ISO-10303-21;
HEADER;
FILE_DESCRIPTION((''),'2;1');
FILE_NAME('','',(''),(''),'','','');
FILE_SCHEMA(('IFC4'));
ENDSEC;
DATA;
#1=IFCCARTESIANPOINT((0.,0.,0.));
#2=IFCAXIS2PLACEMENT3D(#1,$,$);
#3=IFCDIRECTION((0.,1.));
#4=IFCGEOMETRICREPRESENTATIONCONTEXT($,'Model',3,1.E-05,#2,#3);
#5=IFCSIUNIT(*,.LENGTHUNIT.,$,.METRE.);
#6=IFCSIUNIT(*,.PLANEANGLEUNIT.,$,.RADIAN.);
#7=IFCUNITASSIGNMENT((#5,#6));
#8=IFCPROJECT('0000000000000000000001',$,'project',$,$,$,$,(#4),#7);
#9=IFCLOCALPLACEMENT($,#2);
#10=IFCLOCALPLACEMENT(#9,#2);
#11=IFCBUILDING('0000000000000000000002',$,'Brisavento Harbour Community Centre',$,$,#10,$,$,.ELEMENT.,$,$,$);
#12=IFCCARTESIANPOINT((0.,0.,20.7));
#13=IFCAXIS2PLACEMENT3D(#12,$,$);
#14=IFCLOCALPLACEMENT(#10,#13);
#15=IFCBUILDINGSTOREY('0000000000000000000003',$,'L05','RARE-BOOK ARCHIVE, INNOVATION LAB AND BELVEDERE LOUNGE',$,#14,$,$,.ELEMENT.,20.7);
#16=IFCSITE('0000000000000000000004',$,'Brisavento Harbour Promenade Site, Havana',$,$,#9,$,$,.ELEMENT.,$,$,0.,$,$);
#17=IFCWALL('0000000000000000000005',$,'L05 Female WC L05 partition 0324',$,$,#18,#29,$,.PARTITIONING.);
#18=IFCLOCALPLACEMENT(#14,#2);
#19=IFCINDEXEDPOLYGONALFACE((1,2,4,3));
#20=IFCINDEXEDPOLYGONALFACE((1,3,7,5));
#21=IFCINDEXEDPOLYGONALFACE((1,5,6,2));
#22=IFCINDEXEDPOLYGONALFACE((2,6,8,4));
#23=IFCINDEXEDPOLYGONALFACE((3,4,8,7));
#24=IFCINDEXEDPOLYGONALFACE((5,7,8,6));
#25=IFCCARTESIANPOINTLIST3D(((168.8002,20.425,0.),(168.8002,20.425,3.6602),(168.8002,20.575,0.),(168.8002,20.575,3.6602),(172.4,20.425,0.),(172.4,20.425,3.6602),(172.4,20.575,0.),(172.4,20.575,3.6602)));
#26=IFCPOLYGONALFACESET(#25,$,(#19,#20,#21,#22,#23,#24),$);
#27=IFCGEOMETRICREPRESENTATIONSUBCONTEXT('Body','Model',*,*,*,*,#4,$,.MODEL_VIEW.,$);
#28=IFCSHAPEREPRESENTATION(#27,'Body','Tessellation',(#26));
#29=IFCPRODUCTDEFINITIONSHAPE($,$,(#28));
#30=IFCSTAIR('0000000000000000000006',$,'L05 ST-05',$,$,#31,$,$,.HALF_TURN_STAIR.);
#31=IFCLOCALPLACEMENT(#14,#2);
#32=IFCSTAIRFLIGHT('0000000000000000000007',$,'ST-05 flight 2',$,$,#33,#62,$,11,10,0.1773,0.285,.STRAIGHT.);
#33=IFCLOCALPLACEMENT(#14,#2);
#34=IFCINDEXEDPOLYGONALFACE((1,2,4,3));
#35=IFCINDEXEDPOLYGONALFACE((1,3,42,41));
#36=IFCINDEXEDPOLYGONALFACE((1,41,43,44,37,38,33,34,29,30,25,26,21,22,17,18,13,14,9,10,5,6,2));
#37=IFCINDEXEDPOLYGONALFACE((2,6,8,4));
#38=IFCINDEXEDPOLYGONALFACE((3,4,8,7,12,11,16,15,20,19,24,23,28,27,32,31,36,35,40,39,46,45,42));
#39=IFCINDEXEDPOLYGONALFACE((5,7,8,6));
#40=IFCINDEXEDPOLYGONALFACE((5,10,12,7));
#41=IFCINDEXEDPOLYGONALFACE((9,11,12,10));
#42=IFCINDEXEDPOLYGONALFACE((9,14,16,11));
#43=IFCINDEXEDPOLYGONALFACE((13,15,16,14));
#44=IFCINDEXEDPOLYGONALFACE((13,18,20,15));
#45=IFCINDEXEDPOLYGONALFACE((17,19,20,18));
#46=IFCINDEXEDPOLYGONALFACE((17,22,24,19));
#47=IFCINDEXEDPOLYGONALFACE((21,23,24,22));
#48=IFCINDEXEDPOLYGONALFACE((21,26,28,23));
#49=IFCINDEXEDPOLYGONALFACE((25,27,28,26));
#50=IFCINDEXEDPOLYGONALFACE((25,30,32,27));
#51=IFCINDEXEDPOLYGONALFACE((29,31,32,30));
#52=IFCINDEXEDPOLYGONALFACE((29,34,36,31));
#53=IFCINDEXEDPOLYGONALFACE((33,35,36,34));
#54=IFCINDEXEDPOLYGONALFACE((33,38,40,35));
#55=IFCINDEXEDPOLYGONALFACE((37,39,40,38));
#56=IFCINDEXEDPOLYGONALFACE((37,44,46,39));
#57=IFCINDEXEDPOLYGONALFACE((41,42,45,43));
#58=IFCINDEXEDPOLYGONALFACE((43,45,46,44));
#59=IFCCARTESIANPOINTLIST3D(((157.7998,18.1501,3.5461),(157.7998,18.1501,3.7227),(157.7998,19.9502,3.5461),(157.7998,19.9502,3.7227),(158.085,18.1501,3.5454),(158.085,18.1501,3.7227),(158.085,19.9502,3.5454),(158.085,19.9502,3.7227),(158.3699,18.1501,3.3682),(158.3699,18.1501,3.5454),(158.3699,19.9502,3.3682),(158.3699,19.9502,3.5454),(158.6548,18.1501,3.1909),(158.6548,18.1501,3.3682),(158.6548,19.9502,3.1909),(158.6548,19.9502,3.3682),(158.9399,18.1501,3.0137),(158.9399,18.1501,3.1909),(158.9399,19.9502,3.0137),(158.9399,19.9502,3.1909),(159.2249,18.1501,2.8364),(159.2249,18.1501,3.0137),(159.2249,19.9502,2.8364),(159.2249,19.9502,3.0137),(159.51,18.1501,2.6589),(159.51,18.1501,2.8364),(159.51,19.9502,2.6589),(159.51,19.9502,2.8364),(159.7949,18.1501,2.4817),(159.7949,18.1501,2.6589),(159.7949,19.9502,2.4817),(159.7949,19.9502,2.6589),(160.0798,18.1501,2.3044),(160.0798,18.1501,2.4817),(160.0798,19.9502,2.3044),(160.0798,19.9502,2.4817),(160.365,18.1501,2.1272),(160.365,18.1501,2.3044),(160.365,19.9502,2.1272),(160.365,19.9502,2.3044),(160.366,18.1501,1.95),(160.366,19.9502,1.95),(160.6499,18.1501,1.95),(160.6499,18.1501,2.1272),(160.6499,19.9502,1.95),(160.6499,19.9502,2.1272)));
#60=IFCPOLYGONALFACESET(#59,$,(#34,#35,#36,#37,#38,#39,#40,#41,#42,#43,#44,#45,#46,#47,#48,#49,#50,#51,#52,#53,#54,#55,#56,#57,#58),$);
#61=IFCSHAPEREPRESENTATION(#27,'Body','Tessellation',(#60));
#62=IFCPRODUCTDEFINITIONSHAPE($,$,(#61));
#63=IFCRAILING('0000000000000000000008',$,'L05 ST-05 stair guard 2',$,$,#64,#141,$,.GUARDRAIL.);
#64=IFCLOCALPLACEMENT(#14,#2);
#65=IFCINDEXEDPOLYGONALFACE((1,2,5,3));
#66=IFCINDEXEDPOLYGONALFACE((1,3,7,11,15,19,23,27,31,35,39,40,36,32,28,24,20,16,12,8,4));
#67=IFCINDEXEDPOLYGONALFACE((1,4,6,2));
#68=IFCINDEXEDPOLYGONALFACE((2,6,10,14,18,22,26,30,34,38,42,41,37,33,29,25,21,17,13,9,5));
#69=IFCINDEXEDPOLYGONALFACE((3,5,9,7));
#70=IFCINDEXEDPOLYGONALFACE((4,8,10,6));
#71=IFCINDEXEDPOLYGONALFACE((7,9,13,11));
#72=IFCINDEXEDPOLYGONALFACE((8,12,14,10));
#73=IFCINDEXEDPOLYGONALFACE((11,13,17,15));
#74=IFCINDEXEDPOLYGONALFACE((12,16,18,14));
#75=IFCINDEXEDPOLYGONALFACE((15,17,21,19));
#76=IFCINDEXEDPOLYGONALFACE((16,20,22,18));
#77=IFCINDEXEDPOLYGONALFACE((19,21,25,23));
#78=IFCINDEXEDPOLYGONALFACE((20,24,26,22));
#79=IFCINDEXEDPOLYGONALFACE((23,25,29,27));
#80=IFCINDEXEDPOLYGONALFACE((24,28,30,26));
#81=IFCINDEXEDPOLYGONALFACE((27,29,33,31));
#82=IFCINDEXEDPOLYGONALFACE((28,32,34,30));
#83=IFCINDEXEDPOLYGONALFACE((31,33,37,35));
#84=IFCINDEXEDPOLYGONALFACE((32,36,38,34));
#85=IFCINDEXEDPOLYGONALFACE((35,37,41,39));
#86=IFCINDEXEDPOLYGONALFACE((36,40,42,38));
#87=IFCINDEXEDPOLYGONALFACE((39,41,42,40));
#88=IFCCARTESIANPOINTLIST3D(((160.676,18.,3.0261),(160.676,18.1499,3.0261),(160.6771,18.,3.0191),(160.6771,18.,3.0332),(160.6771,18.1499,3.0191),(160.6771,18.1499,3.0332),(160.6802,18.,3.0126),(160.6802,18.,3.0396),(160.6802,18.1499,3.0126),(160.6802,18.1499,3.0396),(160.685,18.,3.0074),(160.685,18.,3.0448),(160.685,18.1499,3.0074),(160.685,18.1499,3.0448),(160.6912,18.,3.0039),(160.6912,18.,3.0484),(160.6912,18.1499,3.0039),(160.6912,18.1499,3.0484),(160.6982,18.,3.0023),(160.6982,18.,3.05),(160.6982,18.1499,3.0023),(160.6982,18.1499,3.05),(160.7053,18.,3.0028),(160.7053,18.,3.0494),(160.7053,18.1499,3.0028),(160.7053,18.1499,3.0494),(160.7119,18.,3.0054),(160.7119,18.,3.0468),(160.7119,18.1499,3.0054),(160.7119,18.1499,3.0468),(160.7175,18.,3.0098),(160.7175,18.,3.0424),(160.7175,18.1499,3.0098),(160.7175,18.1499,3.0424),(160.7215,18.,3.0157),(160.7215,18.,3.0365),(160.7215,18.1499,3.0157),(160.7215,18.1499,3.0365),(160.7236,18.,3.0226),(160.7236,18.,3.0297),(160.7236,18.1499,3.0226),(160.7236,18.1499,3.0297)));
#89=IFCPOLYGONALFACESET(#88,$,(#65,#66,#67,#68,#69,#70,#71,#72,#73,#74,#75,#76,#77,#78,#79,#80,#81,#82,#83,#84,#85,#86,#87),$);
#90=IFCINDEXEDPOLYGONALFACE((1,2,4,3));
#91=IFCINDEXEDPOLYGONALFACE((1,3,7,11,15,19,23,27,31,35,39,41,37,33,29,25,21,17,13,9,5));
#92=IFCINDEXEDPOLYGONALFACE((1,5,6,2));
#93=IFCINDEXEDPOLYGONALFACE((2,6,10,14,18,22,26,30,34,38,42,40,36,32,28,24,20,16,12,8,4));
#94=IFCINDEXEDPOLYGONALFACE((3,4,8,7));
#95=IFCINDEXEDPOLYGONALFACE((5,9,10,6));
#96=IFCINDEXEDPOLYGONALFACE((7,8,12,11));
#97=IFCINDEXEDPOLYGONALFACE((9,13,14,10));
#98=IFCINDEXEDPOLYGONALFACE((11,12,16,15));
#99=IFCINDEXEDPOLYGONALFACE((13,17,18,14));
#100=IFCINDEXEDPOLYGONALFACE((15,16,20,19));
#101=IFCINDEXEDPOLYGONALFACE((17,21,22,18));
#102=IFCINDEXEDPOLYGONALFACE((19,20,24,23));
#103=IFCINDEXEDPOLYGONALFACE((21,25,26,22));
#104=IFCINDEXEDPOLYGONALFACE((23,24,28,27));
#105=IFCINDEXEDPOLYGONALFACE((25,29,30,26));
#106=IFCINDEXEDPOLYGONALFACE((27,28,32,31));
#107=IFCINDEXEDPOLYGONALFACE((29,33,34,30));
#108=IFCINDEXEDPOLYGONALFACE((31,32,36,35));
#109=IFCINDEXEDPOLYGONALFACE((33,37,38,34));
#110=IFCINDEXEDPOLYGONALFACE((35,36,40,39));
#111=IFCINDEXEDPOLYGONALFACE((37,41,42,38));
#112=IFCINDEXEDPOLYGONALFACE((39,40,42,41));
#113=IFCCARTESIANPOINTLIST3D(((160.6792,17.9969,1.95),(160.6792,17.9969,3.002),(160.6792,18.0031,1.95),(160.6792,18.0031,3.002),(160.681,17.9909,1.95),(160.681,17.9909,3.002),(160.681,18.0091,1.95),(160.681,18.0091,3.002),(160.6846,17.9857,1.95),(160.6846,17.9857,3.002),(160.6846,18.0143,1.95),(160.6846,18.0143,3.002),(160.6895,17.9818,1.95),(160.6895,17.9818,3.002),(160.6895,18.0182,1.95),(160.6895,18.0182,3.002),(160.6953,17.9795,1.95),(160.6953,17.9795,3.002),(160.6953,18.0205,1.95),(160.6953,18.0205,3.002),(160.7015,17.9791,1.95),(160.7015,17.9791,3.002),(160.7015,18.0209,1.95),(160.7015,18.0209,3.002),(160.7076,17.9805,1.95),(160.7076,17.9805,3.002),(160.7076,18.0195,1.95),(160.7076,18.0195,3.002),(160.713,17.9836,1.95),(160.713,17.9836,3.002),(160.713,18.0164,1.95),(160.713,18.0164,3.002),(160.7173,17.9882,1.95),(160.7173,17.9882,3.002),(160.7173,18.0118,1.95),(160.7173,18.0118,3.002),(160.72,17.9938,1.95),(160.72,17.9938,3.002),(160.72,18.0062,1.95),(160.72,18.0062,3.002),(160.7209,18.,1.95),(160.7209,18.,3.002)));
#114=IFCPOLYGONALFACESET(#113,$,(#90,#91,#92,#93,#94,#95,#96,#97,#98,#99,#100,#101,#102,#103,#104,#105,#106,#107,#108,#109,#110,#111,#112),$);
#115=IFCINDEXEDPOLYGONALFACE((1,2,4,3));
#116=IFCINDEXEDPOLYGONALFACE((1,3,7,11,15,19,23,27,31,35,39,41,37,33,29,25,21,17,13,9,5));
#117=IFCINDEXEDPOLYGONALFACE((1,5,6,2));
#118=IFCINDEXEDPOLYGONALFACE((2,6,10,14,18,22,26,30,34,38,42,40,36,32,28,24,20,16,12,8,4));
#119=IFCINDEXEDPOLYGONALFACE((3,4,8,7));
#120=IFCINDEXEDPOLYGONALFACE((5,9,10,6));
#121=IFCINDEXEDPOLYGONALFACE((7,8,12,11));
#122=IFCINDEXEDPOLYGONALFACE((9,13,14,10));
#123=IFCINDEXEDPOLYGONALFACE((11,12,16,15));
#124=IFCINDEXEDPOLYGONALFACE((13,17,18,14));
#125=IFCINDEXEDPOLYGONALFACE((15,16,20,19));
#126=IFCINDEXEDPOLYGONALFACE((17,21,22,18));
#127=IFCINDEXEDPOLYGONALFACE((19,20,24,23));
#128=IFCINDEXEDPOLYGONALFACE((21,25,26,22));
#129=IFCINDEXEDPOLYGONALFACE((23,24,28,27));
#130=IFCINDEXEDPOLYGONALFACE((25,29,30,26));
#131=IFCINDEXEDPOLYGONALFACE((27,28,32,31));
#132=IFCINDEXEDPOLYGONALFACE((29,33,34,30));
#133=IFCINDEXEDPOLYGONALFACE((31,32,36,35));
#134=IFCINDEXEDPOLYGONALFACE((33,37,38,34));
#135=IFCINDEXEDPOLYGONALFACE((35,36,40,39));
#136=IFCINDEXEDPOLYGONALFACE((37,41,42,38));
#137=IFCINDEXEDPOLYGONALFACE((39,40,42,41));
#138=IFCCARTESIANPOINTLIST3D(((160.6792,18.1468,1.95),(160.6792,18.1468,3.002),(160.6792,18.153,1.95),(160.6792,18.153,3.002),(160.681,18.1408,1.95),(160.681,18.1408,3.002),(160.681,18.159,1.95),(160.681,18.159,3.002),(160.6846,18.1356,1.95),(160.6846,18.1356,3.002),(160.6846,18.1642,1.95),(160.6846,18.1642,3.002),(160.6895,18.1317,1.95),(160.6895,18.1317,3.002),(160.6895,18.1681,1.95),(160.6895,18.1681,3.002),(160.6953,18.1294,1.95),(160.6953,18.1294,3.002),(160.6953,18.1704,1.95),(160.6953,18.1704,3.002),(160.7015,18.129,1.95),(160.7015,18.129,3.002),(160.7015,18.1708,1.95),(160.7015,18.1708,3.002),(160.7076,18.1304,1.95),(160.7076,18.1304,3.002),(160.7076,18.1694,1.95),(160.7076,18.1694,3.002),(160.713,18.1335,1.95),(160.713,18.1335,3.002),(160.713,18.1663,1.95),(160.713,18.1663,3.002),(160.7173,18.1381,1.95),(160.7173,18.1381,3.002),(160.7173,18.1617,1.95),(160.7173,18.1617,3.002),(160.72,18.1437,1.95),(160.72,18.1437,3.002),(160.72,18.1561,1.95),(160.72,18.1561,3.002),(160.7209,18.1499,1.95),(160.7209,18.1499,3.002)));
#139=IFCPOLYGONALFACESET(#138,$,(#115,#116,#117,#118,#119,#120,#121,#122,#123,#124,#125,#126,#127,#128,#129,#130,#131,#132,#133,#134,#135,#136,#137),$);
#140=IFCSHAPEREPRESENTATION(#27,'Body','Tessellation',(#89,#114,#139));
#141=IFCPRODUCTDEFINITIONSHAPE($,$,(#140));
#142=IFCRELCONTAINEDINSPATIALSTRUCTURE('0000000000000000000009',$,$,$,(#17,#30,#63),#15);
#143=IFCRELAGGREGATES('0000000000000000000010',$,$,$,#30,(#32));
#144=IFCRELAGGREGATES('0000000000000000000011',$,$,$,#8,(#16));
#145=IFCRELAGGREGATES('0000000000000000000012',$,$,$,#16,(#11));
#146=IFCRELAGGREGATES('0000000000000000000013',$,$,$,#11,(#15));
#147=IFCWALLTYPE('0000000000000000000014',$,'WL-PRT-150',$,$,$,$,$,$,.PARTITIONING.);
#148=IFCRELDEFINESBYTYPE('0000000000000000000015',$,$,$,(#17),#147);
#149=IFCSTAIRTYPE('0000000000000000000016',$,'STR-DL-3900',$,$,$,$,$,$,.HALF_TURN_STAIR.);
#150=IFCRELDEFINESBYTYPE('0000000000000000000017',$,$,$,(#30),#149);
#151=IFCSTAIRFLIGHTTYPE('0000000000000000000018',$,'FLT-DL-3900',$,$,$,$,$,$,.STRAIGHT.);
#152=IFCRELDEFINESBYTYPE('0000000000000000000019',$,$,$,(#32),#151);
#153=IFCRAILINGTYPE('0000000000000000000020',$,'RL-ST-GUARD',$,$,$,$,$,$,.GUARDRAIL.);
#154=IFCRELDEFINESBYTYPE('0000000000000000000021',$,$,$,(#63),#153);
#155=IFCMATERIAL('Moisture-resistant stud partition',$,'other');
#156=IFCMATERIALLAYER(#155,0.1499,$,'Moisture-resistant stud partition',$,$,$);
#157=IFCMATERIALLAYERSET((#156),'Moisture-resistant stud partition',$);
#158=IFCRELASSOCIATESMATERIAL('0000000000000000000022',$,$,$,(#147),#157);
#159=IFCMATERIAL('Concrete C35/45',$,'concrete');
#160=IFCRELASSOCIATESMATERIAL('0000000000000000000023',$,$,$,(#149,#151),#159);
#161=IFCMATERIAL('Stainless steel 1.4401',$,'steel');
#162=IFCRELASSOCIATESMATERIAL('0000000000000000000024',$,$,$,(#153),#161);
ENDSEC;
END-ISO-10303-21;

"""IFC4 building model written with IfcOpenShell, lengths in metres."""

from ifc_helpers import new_model, si_unit, direction, frame, frame_2d, origin, origin_2d, place, context, subcontext, project, spatial, polyline, rectangle, circle, outline, extrude, material, layer, layer_set, type_object, element, aggregate, save


model = new_model("IFC4")

# Units and contexts
model_context = context("Model", 3, precision=1e-05, world=origin(), true_north=direction((0.0, 1.0)))
body_context = subcontext(model_context, "Body", "Model", "MODEL_VIEW")
ifc_project = project(units=[si_unit("LENGTHUNIT", "METRE"), si_unit("PLANEANGLEUNIT", "RADIAN")], contexts=[model_context])

# Site, building, storey
site_placement = place(None, origin())
site = spatial("IfcSite", under=ifc_project, at=site_placement, Name="Brisavento Harbour Promenade Site, Havana", CompositionType="ELEMENT", RefElevation=0.0)
building_placement = place(site_placement, origin())
building = spatial("IfcBuilding", under=site, at=building_placement, Name="Brisavento Harbour Community Centre", CompositionType="ELEMENT")
storey_placement = place(building_placement, frame((0.0, 0.0, 20.7)))
storey = spatial("IfcBuildingStorey", under=building, at=storey_placement, Name="L05", Description="RARE-BOOK ARCHIVE, INNOVATION LAB AND BELVEDERE LOUNGE", CompositionType="ELEMENT", Elevation=20.7)

# Shared definitions
ifc_material_1 = material(Name="Concrete C35/45", Category="concrete")

# Shared definitions
ifc_material_2 = material(Name="Moisture-resistant stud partition", Category="other")
ifc_layer_1 = layer(ifc_material_2, 0.1499, Name="Moisture-resistant stud partition")
ifc_layer_set_1 = layer_set([ifc_layer_1], Name="Moisture-resistant stud partition")
wall_type_1 = type_object("IfcWallType", Name="WL-PRT-150", PredefinedType="PARTITIONING", material=ifc_layer_set_1)

# Wall
wall_1_placement = place(storey_placement, frame((172.3999, 20.5, 0.0), z_axis=(0.0, 0.0, 1.0), x_axis=(-1.0, 0.0, 0.0)))
element("IfcWall", 1, at=wall_1_placement, inside=storey, type_object=wall_type_1, Name="L05 Female WC L05 partition 0324", PredefinedType="PARTITIONING", context=body_context, shape_type="SweptSolid", body=[
    extrude(rectangle(XDim=3.5999, YDim=0.1499, at=frame_2d((1.7998, 0.0))), origin(), (0.0, 0.0, 1.0), 3.6602),
])

# Stair, stair flight
stair_type = type_object("IfcStairType", Name="STR-DL-3900", PredefinedType="HALF_TURN_STAIR", material=ifc_material_1)
stair_placement = place(storey_placement, origin())
stair = element("IfcStair", 2, at=stair_placement, inside=storey, type_object=stair_type, Name="L05 ST-05", PredefinedType="HALF_TURN_STAIR")
stair_flight_type = type_object("IfcStairFlightType", Name="FLT-DL-3900", PredefinedType="STRAIGHT", material=ifc_material_1)
stair_flight_placement = place(storey_placement, frame((160.6499, 19.05, 1.95), z_axis=(0.0, 0.0, 1.0), x_axis=(-1.0, 0.0, 0.0)))
stair_flight = element("IfcStairFlight", 3, at=stair_flight_placement, type_object=stair_flight_type, Name="ST-05 flight 2", NumberOfRisers=11, NumberOfTreads=10, PredefinedType="STRAIGHT", RiserHeight=0.1773, TreadLength=0.285, context=body_context, shape_type="SweptSolid", body=[
    extrude(outline(polyline([(0.0, 0.0), (0.0, 0.1772), (0.2849, 0.1772), (0.2849, 0.3545), (0.5701, 0.3545), (0.5701, 0.5317), (0.855, 0.5317), (0.855, 0.709), (1.1399, 0.709), (1.1399, 0.8865), (1.425, 0.8865), (1.425, 1.0637), (1.71, 1.0637), (1.71, 1.241), (1.9951, 1.241), (1.9951, 1.4182), (2.28, 1.4182), (2.28, 1.5955), (2.5649, 1.5955), (2.5649, 1.7727), (2.8501, 1.7727), (2.8501, 1.95), (2.8501, 1.5962), (0.2839, 0.0), (0.0, 0.0)])), frame((0.0, 0.8999, 0.0), z_axis=(0.0, -1.0, 0.0), x_axis=(1.0, 0.0, 0.0)), (0.0, 0.0, 1.0), 1.8),
])
aggregate(stair, [stair_flight])

# Railing
ifc_material_3 = material(Name="Stainless steel 1.4401", Category="steel")
railing_type_1 = type_object("IfcRailingType", Name="RL-ST-GUARD", PredefinedType="GUARDRAIL", material=ifc_material_3)
railing_1_placement = place(storey_placement, frame((160.7, 18.0, 1.95)))
element("IfcRailing", 4, at=railing_1_placement, inside=storey, type_object=railing_type_1, Name="L05 ST-05 stair guard 2", PredefinedType="GUARDRAIL", context=body_context, shape_type="SweptSolid", body=[
    extrude(circle(Radius=0.0239, at=origin_2d()), frame((0.0, 0.0, 1.0762), z_axis=(0.0, 1.0, 0.0), x_axis=(-1.0, 0.0, 0.0)), (0.0, 0.0, 1.0), 0.1499),
    extrude(circle(Radius=0.021, at=origin_2d()), origin(), (0.0, 0.0, 1.0), 1.052),
    extrude(circle(Radius=0.021, at=origin_2d()), frame((0.0, 0.1499, 0.0)), (0.0, 0.0, 1.0), 1.052),
])

save(model, "model.ifc")
